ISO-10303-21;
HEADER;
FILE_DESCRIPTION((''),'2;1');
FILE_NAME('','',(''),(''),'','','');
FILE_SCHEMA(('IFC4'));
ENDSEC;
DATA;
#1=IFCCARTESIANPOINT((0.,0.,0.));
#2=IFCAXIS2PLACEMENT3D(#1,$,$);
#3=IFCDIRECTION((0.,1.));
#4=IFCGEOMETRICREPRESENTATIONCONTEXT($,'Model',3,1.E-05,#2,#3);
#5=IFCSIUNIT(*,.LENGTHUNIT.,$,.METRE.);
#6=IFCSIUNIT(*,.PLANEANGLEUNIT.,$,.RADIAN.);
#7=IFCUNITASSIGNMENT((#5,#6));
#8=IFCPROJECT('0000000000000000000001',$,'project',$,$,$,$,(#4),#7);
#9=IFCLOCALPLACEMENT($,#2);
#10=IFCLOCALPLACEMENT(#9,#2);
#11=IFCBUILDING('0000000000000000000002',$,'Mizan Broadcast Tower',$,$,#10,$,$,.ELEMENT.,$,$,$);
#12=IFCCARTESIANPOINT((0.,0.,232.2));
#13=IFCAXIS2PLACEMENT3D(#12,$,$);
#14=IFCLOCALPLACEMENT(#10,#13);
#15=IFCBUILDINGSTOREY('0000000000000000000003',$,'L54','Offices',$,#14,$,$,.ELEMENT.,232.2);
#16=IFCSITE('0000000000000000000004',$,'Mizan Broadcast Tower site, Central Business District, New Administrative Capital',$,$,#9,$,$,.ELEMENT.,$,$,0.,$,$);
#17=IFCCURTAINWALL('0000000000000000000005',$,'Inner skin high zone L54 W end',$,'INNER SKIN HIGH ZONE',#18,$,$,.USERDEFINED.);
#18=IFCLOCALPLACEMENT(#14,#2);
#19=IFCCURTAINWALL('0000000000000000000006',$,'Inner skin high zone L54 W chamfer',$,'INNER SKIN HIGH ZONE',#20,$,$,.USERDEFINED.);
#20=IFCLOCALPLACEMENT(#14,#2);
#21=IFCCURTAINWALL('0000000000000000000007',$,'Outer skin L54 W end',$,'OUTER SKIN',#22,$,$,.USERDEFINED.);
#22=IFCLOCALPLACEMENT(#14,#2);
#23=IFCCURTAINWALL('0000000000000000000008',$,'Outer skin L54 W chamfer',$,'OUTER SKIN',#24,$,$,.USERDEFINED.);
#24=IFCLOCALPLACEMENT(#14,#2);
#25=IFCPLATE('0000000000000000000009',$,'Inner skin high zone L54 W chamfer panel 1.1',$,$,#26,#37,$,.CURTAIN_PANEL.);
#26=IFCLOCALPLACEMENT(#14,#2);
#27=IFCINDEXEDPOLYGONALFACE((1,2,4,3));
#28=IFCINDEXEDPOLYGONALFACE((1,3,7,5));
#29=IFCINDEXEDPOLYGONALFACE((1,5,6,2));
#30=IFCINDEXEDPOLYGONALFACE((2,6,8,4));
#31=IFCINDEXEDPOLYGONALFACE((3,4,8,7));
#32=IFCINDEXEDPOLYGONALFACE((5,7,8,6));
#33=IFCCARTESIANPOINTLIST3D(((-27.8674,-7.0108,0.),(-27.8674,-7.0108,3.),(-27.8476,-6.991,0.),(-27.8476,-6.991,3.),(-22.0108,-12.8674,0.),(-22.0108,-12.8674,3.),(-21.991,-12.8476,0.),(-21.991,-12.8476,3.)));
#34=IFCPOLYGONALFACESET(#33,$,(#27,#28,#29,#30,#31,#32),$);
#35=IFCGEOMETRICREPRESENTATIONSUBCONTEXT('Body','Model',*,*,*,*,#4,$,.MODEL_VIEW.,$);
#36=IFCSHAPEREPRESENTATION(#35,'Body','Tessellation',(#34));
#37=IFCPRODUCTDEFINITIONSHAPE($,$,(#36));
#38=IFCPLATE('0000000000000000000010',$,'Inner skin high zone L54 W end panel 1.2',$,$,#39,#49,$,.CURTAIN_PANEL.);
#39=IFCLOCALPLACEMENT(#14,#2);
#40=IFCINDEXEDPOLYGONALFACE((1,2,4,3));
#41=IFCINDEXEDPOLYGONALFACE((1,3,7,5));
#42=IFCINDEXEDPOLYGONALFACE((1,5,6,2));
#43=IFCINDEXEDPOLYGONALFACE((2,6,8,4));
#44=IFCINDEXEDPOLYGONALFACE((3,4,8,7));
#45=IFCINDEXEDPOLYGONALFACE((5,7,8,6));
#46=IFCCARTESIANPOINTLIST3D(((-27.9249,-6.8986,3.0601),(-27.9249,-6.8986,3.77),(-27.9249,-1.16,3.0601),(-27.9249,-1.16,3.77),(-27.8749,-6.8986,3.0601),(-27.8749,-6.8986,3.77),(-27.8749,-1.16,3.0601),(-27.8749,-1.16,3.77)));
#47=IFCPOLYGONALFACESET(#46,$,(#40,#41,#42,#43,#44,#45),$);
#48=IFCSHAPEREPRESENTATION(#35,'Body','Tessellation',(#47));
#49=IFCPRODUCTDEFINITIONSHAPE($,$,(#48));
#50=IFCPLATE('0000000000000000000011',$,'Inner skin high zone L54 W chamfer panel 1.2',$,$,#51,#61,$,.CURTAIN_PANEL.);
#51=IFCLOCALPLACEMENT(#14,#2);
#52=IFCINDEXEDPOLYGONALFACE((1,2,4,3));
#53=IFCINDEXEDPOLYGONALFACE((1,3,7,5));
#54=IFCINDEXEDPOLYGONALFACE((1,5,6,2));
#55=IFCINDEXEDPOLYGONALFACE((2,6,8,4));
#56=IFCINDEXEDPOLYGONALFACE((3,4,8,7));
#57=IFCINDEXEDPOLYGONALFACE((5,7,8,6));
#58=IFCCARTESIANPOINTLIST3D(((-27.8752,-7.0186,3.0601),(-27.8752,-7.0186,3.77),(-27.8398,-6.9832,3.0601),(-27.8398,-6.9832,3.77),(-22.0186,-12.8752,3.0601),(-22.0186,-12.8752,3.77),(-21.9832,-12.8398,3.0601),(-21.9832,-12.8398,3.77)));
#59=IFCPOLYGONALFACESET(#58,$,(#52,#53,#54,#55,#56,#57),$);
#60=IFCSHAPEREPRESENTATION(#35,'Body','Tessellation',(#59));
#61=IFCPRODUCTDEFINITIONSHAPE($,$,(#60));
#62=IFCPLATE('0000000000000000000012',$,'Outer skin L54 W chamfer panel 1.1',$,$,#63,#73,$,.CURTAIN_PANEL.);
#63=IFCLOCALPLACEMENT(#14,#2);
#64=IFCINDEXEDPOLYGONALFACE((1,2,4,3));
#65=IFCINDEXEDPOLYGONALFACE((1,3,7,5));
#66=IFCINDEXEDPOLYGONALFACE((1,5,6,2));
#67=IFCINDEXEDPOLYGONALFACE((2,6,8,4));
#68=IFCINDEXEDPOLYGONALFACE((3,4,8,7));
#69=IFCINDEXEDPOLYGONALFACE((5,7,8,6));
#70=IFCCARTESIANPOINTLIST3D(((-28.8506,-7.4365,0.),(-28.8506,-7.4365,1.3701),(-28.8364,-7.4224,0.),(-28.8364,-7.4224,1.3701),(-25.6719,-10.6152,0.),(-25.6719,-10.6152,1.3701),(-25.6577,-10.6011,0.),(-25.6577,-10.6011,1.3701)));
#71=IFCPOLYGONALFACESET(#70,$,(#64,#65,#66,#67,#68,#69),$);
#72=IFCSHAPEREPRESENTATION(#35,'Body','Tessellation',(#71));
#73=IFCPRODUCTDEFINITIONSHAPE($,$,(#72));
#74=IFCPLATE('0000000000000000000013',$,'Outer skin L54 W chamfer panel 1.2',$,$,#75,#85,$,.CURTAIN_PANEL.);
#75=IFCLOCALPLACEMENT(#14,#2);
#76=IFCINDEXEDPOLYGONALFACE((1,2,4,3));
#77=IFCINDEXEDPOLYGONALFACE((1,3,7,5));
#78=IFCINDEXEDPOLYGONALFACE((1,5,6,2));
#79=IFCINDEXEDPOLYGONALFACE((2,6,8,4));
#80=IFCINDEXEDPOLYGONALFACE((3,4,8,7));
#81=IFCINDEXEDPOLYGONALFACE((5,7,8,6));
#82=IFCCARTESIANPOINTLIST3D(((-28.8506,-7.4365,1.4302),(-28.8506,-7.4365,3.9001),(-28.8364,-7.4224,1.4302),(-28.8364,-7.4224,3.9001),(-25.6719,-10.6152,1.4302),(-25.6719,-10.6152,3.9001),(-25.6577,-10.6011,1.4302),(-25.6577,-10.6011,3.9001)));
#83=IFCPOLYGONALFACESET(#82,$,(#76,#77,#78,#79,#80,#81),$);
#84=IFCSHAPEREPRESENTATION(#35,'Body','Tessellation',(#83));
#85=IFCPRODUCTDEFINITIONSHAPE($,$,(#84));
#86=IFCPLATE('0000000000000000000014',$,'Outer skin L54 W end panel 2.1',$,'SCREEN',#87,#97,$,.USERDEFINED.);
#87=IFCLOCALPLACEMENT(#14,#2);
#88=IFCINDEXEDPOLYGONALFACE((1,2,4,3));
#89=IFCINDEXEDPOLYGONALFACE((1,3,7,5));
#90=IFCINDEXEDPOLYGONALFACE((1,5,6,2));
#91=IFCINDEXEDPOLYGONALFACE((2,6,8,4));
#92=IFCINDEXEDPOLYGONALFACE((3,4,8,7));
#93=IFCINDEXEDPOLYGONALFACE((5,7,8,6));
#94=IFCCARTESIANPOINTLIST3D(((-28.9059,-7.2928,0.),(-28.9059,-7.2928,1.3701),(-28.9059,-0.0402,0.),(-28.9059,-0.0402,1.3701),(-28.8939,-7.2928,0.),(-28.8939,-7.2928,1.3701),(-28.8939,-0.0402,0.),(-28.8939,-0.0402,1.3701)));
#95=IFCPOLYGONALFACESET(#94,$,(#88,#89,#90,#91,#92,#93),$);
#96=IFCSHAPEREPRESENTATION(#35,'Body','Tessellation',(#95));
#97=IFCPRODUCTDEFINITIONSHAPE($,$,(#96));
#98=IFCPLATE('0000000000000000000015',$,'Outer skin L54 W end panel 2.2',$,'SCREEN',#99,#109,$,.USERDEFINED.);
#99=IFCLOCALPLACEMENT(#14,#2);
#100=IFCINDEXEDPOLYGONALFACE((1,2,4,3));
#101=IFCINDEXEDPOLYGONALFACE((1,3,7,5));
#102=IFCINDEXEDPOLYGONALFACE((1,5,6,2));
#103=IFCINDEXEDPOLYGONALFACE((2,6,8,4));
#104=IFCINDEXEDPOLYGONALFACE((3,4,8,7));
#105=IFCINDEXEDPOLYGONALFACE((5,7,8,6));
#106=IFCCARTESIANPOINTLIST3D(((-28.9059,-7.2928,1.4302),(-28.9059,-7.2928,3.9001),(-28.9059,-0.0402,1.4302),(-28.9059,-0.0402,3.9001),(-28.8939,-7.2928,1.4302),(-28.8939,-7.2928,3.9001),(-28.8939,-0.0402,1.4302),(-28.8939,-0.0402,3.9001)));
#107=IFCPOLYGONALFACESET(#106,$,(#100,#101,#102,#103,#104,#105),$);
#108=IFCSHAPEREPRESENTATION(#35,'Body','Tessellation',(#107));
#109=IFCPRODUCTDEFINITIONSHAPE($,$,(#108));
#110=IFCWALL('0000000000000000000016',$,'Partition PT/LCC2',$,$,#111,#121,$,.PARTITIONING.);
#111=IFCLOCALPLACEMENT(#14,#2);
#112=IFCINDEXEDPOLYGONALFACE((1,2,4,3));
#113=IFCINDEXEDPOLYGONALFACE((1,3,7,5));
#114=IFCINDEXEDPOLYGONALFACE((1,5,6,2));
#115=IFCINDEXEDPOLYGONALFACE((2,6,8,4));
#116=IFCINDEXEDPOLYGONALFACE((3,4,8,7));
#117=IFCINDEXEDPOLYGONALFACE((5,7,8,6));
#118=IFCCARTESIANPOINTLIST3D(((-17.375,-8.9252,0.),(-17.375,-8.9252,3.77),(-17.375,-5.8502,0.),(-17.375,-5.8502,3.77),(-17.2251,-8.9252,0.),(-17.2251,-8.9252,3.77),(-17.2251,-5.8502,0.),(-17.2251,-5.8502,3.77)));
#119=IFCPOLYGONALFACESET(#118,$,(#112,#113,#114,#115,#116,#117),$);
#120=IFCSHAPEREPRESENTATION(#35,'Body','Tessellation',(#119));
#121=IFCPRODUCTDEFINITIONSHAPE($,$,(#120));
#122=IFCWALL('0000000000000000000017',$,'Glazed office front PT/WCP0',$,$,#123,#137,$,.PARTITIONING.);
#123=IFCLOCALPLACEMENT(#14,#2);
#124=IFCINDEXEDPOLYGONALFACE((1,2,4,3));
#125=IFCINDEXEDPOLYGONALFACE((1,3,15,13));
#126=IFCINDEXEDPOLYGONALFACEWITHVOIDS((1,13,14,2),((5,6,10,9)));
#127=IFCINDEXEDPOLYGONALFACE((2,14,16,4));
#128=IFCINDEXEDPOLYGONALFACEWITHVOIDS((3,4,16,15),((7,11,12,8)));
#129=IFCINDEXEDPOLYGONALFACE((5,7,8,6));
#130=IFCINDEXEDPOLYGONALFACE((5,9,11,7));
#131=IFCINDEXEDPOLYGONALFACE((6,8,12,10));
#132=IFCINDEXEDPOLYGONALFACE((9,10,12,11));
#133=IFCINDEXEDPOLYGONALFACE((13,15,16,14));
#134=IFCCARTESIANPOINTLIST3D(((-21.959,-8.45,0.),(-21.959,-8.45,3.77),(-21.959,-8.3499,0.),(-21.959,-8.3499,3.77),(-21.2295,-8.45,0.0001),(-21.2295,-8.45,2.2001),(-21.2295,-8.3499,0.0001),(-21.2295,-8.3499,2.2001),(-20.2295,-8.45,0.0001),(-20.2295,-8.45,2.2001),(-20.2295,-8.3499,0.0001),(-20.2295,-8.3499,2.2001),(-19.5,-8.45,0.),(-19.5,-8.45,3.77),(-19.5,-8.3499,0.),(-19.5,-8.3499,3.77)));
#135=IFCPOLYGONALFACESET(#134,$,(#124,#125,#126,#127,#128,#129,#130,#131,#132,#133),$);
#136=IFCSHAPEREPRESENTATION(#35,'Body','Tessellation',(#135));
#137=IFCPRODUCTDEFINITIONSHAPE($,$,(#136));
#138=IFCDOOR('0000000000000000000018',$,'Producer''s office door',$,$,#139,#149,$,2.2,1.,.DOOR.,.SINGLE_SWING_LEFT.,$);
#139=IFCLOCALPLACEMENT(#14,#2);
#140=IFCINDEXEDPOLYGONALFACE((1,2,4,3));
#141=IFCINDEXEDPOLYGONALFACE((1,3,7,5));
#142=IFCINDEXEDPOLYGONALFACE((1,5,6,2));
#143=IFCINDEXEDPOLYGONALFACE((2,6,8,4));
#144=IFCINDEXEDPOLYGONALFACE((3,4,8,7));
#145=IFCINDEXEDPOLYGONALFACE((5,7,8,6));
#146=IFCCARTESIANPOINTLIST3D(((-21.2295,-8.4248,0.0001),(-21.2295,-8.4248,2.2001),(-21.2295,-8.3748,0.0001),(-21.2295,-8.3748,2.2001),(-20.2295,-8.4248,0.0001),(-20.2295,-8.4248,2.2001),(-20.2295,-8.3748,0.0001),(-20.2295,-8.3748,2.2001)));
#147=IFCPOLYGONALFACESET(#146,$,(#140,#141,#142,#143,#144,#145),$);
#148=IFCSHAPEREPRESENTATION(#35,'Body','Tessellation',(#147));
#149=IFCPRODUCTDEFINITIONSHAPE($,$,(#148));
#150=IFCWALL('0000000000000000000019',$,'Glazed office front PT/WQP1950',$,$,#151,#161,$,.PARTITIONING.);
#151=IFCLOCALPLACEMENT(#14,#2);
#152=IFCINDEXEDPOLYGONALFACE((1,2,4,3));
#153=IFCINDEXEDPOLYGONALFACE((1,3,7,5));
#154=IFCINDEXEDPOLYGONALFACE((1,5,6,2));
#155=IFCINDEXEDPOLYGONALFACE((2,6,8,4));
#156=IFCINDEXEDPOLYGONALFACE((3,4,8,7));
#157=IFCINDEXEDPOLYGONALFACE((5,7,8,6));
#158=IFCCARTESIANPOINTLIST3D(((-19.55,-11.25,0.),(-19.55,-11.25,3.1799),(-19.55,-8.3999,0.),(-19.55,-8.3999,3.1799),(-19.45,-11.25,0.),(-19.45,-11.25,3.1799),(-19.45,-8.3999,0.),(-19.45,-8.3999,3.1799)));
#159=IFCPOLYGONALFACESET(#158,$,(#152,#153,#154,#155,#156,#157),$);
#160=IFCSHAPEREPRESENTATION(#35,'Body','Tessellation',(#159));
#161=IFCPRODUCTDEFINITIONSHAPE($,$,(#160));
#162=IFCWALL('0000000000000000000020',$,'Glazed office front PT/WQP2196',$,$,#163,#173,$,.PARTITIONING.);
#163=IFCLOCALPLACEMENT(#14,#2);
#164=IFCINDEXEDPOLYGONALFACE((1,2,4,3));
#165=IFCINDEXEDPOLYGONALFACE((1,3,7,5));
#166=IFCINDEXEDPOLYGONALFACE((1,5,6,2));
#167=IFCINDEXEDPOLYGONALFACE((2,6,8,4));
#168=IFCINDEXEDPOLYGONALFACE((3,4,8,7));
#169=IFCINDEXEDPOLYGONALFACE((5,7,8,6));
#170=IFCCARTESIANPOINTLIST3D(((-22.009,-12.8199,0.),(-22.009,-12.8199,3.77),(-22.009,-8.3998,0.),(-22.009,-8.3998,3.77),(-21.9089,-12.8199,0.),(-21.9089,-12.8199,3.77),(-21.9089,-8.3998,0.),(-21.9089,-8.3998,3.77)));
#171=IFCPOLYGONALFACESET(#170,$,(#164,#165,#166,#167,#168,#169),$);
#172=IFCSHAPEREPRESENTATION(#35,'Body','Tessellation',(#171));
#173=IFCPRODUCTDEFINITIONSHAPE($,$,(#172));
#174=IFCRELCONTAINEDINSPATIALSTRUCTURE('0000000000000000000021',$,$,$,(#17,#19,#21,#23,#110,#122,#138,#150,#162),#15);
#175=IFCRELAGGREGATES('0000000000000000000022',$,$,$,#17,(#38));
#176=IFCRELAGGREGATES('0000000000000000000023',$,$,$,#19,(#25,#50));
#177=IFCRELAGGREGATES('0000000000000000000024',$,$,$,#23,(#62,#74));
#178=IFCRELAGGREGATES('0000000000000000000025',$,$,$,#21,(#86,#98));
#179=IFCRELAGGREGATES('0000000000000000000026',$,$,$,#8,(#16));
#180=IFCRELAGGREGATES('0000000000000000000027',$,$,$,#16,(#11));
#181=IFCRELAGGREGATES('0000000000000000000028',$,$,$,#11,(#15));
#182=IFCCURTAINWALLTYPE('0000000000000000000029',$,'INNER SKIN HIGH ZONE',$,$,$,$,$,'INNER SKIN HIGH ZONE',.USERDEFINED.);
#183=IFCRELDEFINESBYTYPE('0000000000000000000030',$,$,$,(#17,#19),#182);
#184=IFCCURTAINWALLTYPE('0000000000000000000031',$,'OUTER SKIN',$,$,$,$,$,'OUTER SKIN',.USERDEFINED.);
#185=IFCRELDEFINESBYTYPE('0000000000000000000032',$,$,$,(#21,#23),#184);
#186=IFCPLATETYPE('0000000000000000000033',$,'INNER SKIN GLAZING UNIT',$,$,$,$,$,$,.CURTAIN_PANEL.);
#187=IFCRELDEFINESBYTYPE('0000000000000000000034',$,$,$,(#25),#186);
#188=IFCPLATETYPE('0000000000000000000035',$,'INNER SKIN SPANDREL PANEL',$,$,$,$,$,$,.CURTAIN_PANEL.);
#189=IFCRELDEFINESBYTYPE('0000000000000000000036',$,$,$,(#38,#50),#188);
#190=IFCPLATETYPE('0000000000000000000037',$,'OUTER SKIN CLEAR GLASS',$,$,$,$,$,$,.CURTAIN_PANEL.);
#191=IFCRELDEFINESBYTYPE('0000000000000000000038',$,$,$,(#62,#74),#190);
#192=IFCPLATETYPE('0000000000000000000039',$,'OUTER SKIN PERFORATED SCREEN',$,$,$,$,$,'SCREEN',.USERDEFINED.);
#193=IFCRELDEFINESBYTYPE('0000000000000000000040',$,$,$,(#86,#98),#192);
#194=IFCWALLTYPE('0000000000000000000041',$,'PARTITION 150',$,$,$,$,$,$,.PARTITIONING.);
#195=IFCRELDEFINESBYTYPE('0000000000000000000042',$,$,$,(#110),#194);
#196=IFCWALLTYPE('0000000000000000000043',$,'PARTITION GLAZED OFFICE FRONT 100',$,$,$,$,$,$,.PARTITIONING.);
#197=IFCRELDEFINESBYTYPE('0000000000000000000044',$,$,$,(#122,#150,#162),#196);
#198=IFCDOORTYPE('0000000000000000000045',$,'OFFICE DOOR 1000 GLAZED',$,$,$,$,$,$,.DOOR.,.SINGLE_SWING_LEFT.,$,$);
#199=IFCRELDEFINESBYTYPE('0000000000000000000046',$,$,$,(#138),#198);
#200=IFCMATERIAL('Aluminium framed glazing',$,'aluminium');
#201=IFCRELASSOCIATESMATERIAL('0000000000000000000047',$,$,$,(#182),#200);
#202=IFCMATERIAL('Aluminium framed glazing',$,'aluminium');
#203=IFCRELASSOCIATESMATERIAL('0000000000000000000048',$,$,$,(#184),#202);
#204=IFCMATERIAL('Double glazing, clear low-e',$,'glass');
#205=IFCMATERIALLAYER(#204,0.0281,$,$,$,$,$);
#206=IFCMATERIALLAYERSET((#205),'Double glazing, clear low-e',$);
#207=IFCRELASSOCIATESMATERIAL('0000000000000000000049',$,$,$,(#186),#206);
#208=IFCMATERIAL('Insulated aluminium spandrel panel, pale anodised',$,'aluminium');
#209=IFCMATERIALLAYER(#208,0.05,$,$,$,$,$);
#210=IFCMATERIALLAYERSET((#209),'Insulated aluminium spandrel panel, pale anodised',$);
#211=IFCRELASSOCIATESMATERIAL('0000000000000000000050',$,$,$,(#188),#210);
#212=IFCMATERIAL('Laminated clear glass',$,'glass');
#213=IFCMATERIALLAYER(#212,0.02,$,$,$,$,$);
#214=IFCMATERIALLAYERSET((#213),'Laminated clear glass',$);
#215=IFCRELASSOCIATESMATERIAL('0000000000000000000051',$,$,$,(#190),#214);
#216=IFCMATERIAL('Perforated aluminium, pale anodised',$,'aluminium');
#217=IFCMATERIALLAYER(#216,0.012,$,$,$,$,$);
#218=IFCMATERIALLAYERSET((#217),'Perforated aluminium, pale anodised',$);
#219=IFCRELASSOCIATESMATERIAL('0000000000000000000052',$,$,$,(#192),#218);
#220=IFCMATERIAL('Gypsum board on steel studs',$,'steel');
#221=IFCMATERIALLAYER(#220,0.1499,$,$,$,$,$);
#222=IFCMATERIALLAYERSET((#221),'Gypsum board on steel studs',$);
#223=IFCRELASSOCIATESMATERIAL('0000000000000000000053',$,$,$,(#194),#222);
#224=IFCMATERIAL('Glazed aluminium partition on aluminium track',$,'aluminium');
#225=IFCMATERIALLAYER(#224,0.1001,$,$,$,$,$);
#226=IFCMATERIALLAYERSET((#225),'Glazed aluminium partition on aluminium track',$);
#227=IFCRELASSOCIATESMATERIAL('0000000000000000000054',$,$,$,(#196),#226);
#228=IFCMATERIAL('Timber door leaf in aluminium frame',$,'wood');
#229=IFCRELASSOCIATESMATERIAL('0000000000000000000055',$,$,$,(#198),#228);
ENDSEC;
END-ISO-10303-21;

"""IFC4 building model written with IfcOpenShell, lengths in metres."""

from ifc_helpers import new_model, si_unit, direction, frame, frame_2d, origin, origin_2d, place, context, subcontext, project, spatial, rectangle, extrude, material, layer, layer_set, type_object, element, fill, aggregate, save


model = new_model("IFC4")

# Units and contexts
model_context = context("Model", 3, precision=1e-05, world=origin(), true_north=direction((0.0, 1.0)))
body_context = subcontext(model_context, "Body", "Model", "MODEL_VIEW")
ifc_project = project(units=[si_unit("LENGTHUNIT", "METRE"), si_unit("PLANEANGLEUNIT", "RADIAN")], contexts=[model_context])

# Site, building, storey
site_placement = place(None, origin())
site = spatial("IfcSite", under=ifc_project, at=site_placement, Name="Mizan Broadcast Tower site, Central Business District, New Administrative Capital", CompositionType="ELEMENT", RefElevation=0.0)
building_placement = place(site_placement, origin())
building = spatial("IfcBuilding", under=site, at=building_placement, Name="Mizan Broadcast Tower", CompositionType="ELEMENT")
storey_placement = place(building_placement, frame((0.0, 0.0, 232.2)))
storey = spatial("IfcBuildingStorey", under=building, at=storey_placement, Name="L54", Description="Offices", CompositionType="ELEMENT", Elevation=232.2)

# Curtain wall
ifc_material_1 = material(Name="Aluminium framed glazing", Category="aluminium")
curtain_wall_type_1 = type_object("IfcCurtainWallType", Name="INNER SKIN HIGH ZONE", ElementType="INNER SKIN HIGH ZONE", PredefinedType="USERDEFINED", material=ifc_material_1)
curtain_wall_1_placement = place(storey_placement, origin())
curtain_wall_1 = element("IfcCurtainWall", 1, at=curtain_wall_1_placement, inside=storey, type_object=curtain_wall_type_1, Name="Inner skin high zone L54 W end", ObjectType="INNER SKIN HIGH ZONE", PredefinedType="USERDEFINED")

# Curtain walls
curtain_wall_2_placement = place(storey_placement, origin())
curtain_wall_2 = element("IfcCurtainWall", 2, at=curtain_wall_2_placement, inside=storey, type_object=curtain_wall_type_1, Name="Inner skin high zone L54 W chamfer", ObjectType="INNER SKIN HIGH ZONE", PredefinedType="USERDEFINED")
ifc_material_2 = material(Name="Aluminium framed glazing", Category="aluminium")
curtain_wall_type_2 = type_object("IfcCurtainWallType", Name="OUTER SKIN", ElementType="OUTER SKIN", PredefinedType="USERDEFINED", material=ifc_material_2)
curtain_wall_3_placement = place(storey_placement, origin())
curtain_wall_3 = element("IfcCurtainWall", 3, at=curtain_wall_3_placement, inside=storey, type_object=curtain_wall_type_2, Name="Outer skin L54 W end", ObjectType="OUTER SKIN", PredefinedType="USERDEFINED")
curtain_wall_4_placement = place(storey_placement, origin())
curtain_wall_4 = element("IfcCurtainWall", 4, at=curtain_wall_4_placement, inside=storey, type_object=curtain_wall_type_2, Name="Outer skin L54 W chamfer", ObjectType="OUTER SKIN", PredefinedType="USERDEFINED")

# Plates
ifc_material_3 = material(Name="Double glazing, clear low-e", Category="glass")
ifc_layer_1 = layer(ifc_material_3, 0.0281)
ifc_layer_set_1 = layer_set([ifc_layer_1], Name="Double glazing, clear low-e")
plate_type_1 = type_object("IfcPlateType", Name="INNER SKIN GLAZING UNIT", PredefinedType="CURTAIN_PANEL", material=ifc_layer_set_1)
plate_1_placement = place(storey_placement, frame((-24.9292, -9.9292, 0.0), z_axis=(0.0, 0.0, 1.0), x_axis=(0.707107, -0.707107, 0.0)))
plate_1 = element("IfcPlate", 5, at=plate_1_placement, type_object=plate_type_1, Name="Inner skin high zone L54 W chamfer panel 1.1", PredefinedType="CURTAIN_PANEL", context=body_context, shape_type="SweptSolid", body=[
    extrude(rectangle(XDim=8.2825, YDim=0.0281, at=origin_2d()), origin(), (0.0, 0.0, 1.0), 3.0),
])
ifc_material_4 = material(Name="Insulated aluminium spandrel panel, pale anodised", Category="aluminium")
ifc_layer_2 = layer(ifc_material_4, 0.05)
ifc_layer_set_2 = layer_set([ifc_layer_2], Name="Insulated aluminium spandrel panel, pale anodised")
plate_type_2 = type_object("IfcPlateType", Name="INNER SKIN SPANDREL PANEL", PredefinedType="CURTAIN_PANEL", material=ifc_layer_set_2)
plate_2_placement = place(storey_placement, frame((-27.8999, -4.0293, 3.0601), z_axis=(0.0, 0.0, 1.0), x_axis=(0.0, -1.0, 0.0)))
plate_2 = element("IfcPlate", 6, at=plate_2_placement, type_object=plate_type_2, Name="Inner skin high zone L54 W end panel 1.2", PredefinedType="CURTAIN_PANEL", context=body_context, shape_type="SweptSolid", body=[
    extrude(rectangle(XDim=5.7385, YDim=0.05, at=origin_2d()), origin(), (0.0, 0.0, 1.0), 0.71),
])
aggregate(curtain_wall_1, [plate_2])
plate_3_placement = place(storey_placement, frame((-24.9292, -9.9292, 3.0601), z_axis=(0.0, 0.0, 1.0), x_axis=(0.707107, -0.707107, 0.0)))
plate_3 = element("IfcPlate", 7, at=plate_3_placement, type_object=plate_type_2, Name="Inner skin high zone L54 W chamfer panel 1.2", PredefinedType="CURTAIN_PANEL", context=body_context, shape_type="SweptSolid", body=[
    extrude(rectangle(XDim=8.2825, YDim=0.05, at=origin_2d()), origin(), (0.0, 0.0, 1.0), 0.71),
])
aggregate(curtain_wall_2, [plate_1, plate_3])
ifc_material_5 = material(Name="Laminated clear glass", Category="glass")
ifc_layer_3 = layer(ifc_material_5, 0.02)
ifc_layer_set_3 = layer_set([ifc_layer_3], Name="Laminated clear glass")
plate_type_3 = type_object("IfcPlateType", Name="OUTER SKIN CLEAR GLASS", PredefinedType="CURTAIN_PANEL", material=ifc_layer_set_3)
plate_4_placement = place(storey_placement, frame((-27.2542, -9.0188, 0.0), z_axis=(0.0, 0.0, 1.0), x_axis=(0.707107, -0.707107, 0.0)))
plate_4 = element("IfcPlate", 8, at=plate_4_placement, type_object=plate_type_3, Name="Outer skin L54 W chamfer panel 1.1", PredefinedType="CURTAIN_PANEL", context=body_context, shape_type="SweptSolid", body=[
    extrude(rectangle(XDim=4.4954, YDim=0.02, at=origin_2d()), origin(), (0.0, 0.0, 1.0), 1.3701),
])
plate_5_placement = place(storey_placement, frame((-27.2542, -9.0188, 1.4302), z_axis=(0.0, 0.0, 1.0), x_axis=(0.707107, -0.707107, 0.0)))
plate_5 = element("IfcPlate", 9, at=plate_5_placement, type_object=plate_type_3, Name="Outer skin L54 W chamfer panel 1.2", PredefinedType="CURTAIN_PANEL", context=body_context, shape_type="SweptSolid", body=[
    extrude(rectangle(XDim=4.4954, YDim=0.02, at=origin_2d()), origin(), (0.0, 0.0, 1.0), 2.47),
])
aggregate(curtain_wall_4, [plate_4, plate_5])
ifc_material_6 = material(Name="Perforated aluminium, pale anodised", Category="aluminium")
ifc_layer_4 = layer(ifc_material_6, 0.012)
ifc_layer_set_4 = layer_set([ifc_layer_4], Name="Perforated aluminium, pale anodised")
plate_type_4 = type_object("IfcPlateType", Name="OUTER SKIN PERFORATED SCREEN", ElementType="SCREEN", PredefinedType="USERDEFINED", material=ifc_layer_set_4)
plate_6_placement = place(storey_placement, frame((-28.8999, -3.6665, 0.0), z_axis=(0.0, 0.0, 1.0), x_axis=(0.0, -1.0, 0.0)))
plate_6 = element("IfcPlate", 10, at=plate_6_placement, type_object=plate_type_4, Name="Outer skin L54 W end panel 2.1", ObjectType="SCREEN", PredefinedType="USERDEFINED", context=body_context, shape_type="SweptSolid", body=[
    extrude(rectangle(XDim=7.2527, YDim=0.012, at=origin_2d()), origin(), (0.0, 0.0, 1.0), 1.3701),
])
plate_7_placement = place(storey_placement, frame((-28.8999, -3.6665, 1.4302), z_axis=(0.0, 0.0, 1.0), x_axis=(0.0, -1.0, 0.0)))
plate_7 = element("IfcPlate", 11, at=plate_7_placement, type_object=plate_type_4, Name="Outer skin L54 W end panel 2.2", ObjectType="SCREEN", PredefinedType="USERDEFINED", context=body_context, shape_type="SweptSolid", body=[
    extrude(rectangle(XDim=7.2527, YDim=0.012, at=origin_2d()), origin(), (0.0, 0.0, 1.0), 2.47),
])
aggregate(curtain_wall_3, [plate_6, plate_7])

# Wall
ifc_material_7 = material(Name="Gypsum board on steel studs", Category="steel")
ifc_layer_5 = layer(ifc_material_7, 0.1499)
ifc_layer_set_5 = layer_set([ifc_layer_5], Name="Gypsum board on steel studs")
wall_type_1 = type_object("IfcWallType", Name="PARTITION 150", PredefinedType="PARTITIONING", material=ifc_layer_set_5)
wall_1_placement = place(storey_placement, frame((-17.3, -5.8501, 0.0), z_axis=(0.0, 0.0, 1.0), x_axis=(0.0, -1.0, 0.0)))
element("IfcWall", 12, at=wall_1_placement, inside=storey, type_object=wall_type_1, Name="Partition PT/LCC2", PredefinedType="PARTITIONING", context=body_context, shape_type="SweptSolid", body=[
    extrude(rectangle(XDim=3.075, YDim=0.1499, at=frame_2d((1.5376, 0.0))), origin(), (0.0, 0.0, 1.0), 3.77),
])

# Wall, opening, door
ifc_material_8 = material(Name="Glazed aluminium partition on aluminium track", Category="aluminium")
ifc_layer_6 = layer(ifc_material_8, 0.1001)
ifc_layer_set_6 = layer_set([ifc_layer_6], Name="Glazed aluminium partition on aluminium track")
wall_type_2 = type_object("IfcWallType", Name="PARTITION GLAZED OFFICE FRONT 100", PredefinedType="PARTITIONING", material=ifc_layer_set_6)
wall_2_placement = place(storey_placement, frame((-19.5, -8.3999, 0.0), z_axis=(0.0, 0.0, 1.0), x_axis=(-1.0, 0.0, 0.0)))
wall_2 = element("IfcWall", 13, at=wall_2_placement, inside=storey, type_object=wall_type_2, Name="Glazed office front PT/WCP0", PredefinedType="PARTITIONING", context=body_context, shape_type="SweptSolid", body=[
    extrude(rectangle(XDim=2.459, YDim=0.1001, at=frame_2d((1.2295, 0.0))), origin(), (0.0, 0.0, 1.0), 3.77),
])
opening_placement = place(wall_2_placement, frame((0.7295, 0.0, 0.0)))
opening = element("IfcOpeningElement", 14, at=opening_placement, cuts=wall_2, PredefinedType="OPENING", context=body_context, shape_type="SweptSolid", body=[
    extrude(rectangle(XDim=1.0, YDim=2.2, at=frame_2d((0.5, 1.1001))), frame((0.0, 0.0601, 0.0), z_axis=(0.0, -1.0, 0.0), x_axis=(1.0, 0.0, 0.0)), (0.0, 0.0, 1.0), 0.1201),
])
ifc_material_9 = material(Name="Timber door leaf in aluminium frame", Category="wood")
door_type = type_object("IfcDoorType", Name="OFFICE DOOR 1000 GLAZED", OperationType="SINGLE_SWING_LEFT", PredefinedType="DOOR", material=ifc_material_9)
door_placement = place(opening_placement, origin())
door = element("IfcDoor", 15, at=door_placement, inside=storey, type_object=door_type, Name="Producer's office door", OperationType="SINGLE_SWING_LEFT", OverallHeight=2.2, OverallWidth=1.0, PredefinedType="DOOR", context=body_context, shape_type="SweptSolid", body=[
    extrude(rectangle(XDim=1.0, YDim=2.2, at=frame_2d((0.5, 1.1001))), frame((0.0, 0.0249, 0.0), z_axis=(0.0, -1.0, 0.0), x_axis=(1.0, 0.0, 0.0)), (0.0, 0.0, 1.0), 0.05),
])
fill(opening, door)

# Walls
wall_3_placement = place(storey_placement, frame((-19.5, -8.3999, 0.0), z_axis=(0.0, 0.0, 1.0), x_axis=(0.0, -1.0, 0.0)))
element("IfcWall", 16, at=wall_3_placement, inside=storey, type_object=wall_type_2, Name="Glazed office front PT/WQP1950", PredefinedType="PARTITIONING", context=body_context, shape_type="SweptSolid", body=[
    extrude(rectangle(XDim=2.8501, YDim=0.1001, at=frame_2d((1.425, 0.0))), origin(), (0.0, 0.0, 1.0), 3.1799),
])
wall_4_placement = place(storey_placement, frame((-21.959, -8.3999, 0.0), z_axis=(0.0, 0.0, 1.0), x_axis=(0.0, -1.0, 0.0)))
element("IfcWall", 17, at=wall_4_placement, inside=storey, type_object=wall_type_2, Name="Glazed office front PT/WQP2196", PredefinedType="PARTITIONING", context=body_context, shape_type="SweptSolid", body=[
    extrude(rectangle(XDim=4.4202, YDim=0.1001, at=frame_2d((2.21, 0.0))), origin(), (0.0, 0.0, 1.0), 3.77),
])

save(model, "model.ifc")
